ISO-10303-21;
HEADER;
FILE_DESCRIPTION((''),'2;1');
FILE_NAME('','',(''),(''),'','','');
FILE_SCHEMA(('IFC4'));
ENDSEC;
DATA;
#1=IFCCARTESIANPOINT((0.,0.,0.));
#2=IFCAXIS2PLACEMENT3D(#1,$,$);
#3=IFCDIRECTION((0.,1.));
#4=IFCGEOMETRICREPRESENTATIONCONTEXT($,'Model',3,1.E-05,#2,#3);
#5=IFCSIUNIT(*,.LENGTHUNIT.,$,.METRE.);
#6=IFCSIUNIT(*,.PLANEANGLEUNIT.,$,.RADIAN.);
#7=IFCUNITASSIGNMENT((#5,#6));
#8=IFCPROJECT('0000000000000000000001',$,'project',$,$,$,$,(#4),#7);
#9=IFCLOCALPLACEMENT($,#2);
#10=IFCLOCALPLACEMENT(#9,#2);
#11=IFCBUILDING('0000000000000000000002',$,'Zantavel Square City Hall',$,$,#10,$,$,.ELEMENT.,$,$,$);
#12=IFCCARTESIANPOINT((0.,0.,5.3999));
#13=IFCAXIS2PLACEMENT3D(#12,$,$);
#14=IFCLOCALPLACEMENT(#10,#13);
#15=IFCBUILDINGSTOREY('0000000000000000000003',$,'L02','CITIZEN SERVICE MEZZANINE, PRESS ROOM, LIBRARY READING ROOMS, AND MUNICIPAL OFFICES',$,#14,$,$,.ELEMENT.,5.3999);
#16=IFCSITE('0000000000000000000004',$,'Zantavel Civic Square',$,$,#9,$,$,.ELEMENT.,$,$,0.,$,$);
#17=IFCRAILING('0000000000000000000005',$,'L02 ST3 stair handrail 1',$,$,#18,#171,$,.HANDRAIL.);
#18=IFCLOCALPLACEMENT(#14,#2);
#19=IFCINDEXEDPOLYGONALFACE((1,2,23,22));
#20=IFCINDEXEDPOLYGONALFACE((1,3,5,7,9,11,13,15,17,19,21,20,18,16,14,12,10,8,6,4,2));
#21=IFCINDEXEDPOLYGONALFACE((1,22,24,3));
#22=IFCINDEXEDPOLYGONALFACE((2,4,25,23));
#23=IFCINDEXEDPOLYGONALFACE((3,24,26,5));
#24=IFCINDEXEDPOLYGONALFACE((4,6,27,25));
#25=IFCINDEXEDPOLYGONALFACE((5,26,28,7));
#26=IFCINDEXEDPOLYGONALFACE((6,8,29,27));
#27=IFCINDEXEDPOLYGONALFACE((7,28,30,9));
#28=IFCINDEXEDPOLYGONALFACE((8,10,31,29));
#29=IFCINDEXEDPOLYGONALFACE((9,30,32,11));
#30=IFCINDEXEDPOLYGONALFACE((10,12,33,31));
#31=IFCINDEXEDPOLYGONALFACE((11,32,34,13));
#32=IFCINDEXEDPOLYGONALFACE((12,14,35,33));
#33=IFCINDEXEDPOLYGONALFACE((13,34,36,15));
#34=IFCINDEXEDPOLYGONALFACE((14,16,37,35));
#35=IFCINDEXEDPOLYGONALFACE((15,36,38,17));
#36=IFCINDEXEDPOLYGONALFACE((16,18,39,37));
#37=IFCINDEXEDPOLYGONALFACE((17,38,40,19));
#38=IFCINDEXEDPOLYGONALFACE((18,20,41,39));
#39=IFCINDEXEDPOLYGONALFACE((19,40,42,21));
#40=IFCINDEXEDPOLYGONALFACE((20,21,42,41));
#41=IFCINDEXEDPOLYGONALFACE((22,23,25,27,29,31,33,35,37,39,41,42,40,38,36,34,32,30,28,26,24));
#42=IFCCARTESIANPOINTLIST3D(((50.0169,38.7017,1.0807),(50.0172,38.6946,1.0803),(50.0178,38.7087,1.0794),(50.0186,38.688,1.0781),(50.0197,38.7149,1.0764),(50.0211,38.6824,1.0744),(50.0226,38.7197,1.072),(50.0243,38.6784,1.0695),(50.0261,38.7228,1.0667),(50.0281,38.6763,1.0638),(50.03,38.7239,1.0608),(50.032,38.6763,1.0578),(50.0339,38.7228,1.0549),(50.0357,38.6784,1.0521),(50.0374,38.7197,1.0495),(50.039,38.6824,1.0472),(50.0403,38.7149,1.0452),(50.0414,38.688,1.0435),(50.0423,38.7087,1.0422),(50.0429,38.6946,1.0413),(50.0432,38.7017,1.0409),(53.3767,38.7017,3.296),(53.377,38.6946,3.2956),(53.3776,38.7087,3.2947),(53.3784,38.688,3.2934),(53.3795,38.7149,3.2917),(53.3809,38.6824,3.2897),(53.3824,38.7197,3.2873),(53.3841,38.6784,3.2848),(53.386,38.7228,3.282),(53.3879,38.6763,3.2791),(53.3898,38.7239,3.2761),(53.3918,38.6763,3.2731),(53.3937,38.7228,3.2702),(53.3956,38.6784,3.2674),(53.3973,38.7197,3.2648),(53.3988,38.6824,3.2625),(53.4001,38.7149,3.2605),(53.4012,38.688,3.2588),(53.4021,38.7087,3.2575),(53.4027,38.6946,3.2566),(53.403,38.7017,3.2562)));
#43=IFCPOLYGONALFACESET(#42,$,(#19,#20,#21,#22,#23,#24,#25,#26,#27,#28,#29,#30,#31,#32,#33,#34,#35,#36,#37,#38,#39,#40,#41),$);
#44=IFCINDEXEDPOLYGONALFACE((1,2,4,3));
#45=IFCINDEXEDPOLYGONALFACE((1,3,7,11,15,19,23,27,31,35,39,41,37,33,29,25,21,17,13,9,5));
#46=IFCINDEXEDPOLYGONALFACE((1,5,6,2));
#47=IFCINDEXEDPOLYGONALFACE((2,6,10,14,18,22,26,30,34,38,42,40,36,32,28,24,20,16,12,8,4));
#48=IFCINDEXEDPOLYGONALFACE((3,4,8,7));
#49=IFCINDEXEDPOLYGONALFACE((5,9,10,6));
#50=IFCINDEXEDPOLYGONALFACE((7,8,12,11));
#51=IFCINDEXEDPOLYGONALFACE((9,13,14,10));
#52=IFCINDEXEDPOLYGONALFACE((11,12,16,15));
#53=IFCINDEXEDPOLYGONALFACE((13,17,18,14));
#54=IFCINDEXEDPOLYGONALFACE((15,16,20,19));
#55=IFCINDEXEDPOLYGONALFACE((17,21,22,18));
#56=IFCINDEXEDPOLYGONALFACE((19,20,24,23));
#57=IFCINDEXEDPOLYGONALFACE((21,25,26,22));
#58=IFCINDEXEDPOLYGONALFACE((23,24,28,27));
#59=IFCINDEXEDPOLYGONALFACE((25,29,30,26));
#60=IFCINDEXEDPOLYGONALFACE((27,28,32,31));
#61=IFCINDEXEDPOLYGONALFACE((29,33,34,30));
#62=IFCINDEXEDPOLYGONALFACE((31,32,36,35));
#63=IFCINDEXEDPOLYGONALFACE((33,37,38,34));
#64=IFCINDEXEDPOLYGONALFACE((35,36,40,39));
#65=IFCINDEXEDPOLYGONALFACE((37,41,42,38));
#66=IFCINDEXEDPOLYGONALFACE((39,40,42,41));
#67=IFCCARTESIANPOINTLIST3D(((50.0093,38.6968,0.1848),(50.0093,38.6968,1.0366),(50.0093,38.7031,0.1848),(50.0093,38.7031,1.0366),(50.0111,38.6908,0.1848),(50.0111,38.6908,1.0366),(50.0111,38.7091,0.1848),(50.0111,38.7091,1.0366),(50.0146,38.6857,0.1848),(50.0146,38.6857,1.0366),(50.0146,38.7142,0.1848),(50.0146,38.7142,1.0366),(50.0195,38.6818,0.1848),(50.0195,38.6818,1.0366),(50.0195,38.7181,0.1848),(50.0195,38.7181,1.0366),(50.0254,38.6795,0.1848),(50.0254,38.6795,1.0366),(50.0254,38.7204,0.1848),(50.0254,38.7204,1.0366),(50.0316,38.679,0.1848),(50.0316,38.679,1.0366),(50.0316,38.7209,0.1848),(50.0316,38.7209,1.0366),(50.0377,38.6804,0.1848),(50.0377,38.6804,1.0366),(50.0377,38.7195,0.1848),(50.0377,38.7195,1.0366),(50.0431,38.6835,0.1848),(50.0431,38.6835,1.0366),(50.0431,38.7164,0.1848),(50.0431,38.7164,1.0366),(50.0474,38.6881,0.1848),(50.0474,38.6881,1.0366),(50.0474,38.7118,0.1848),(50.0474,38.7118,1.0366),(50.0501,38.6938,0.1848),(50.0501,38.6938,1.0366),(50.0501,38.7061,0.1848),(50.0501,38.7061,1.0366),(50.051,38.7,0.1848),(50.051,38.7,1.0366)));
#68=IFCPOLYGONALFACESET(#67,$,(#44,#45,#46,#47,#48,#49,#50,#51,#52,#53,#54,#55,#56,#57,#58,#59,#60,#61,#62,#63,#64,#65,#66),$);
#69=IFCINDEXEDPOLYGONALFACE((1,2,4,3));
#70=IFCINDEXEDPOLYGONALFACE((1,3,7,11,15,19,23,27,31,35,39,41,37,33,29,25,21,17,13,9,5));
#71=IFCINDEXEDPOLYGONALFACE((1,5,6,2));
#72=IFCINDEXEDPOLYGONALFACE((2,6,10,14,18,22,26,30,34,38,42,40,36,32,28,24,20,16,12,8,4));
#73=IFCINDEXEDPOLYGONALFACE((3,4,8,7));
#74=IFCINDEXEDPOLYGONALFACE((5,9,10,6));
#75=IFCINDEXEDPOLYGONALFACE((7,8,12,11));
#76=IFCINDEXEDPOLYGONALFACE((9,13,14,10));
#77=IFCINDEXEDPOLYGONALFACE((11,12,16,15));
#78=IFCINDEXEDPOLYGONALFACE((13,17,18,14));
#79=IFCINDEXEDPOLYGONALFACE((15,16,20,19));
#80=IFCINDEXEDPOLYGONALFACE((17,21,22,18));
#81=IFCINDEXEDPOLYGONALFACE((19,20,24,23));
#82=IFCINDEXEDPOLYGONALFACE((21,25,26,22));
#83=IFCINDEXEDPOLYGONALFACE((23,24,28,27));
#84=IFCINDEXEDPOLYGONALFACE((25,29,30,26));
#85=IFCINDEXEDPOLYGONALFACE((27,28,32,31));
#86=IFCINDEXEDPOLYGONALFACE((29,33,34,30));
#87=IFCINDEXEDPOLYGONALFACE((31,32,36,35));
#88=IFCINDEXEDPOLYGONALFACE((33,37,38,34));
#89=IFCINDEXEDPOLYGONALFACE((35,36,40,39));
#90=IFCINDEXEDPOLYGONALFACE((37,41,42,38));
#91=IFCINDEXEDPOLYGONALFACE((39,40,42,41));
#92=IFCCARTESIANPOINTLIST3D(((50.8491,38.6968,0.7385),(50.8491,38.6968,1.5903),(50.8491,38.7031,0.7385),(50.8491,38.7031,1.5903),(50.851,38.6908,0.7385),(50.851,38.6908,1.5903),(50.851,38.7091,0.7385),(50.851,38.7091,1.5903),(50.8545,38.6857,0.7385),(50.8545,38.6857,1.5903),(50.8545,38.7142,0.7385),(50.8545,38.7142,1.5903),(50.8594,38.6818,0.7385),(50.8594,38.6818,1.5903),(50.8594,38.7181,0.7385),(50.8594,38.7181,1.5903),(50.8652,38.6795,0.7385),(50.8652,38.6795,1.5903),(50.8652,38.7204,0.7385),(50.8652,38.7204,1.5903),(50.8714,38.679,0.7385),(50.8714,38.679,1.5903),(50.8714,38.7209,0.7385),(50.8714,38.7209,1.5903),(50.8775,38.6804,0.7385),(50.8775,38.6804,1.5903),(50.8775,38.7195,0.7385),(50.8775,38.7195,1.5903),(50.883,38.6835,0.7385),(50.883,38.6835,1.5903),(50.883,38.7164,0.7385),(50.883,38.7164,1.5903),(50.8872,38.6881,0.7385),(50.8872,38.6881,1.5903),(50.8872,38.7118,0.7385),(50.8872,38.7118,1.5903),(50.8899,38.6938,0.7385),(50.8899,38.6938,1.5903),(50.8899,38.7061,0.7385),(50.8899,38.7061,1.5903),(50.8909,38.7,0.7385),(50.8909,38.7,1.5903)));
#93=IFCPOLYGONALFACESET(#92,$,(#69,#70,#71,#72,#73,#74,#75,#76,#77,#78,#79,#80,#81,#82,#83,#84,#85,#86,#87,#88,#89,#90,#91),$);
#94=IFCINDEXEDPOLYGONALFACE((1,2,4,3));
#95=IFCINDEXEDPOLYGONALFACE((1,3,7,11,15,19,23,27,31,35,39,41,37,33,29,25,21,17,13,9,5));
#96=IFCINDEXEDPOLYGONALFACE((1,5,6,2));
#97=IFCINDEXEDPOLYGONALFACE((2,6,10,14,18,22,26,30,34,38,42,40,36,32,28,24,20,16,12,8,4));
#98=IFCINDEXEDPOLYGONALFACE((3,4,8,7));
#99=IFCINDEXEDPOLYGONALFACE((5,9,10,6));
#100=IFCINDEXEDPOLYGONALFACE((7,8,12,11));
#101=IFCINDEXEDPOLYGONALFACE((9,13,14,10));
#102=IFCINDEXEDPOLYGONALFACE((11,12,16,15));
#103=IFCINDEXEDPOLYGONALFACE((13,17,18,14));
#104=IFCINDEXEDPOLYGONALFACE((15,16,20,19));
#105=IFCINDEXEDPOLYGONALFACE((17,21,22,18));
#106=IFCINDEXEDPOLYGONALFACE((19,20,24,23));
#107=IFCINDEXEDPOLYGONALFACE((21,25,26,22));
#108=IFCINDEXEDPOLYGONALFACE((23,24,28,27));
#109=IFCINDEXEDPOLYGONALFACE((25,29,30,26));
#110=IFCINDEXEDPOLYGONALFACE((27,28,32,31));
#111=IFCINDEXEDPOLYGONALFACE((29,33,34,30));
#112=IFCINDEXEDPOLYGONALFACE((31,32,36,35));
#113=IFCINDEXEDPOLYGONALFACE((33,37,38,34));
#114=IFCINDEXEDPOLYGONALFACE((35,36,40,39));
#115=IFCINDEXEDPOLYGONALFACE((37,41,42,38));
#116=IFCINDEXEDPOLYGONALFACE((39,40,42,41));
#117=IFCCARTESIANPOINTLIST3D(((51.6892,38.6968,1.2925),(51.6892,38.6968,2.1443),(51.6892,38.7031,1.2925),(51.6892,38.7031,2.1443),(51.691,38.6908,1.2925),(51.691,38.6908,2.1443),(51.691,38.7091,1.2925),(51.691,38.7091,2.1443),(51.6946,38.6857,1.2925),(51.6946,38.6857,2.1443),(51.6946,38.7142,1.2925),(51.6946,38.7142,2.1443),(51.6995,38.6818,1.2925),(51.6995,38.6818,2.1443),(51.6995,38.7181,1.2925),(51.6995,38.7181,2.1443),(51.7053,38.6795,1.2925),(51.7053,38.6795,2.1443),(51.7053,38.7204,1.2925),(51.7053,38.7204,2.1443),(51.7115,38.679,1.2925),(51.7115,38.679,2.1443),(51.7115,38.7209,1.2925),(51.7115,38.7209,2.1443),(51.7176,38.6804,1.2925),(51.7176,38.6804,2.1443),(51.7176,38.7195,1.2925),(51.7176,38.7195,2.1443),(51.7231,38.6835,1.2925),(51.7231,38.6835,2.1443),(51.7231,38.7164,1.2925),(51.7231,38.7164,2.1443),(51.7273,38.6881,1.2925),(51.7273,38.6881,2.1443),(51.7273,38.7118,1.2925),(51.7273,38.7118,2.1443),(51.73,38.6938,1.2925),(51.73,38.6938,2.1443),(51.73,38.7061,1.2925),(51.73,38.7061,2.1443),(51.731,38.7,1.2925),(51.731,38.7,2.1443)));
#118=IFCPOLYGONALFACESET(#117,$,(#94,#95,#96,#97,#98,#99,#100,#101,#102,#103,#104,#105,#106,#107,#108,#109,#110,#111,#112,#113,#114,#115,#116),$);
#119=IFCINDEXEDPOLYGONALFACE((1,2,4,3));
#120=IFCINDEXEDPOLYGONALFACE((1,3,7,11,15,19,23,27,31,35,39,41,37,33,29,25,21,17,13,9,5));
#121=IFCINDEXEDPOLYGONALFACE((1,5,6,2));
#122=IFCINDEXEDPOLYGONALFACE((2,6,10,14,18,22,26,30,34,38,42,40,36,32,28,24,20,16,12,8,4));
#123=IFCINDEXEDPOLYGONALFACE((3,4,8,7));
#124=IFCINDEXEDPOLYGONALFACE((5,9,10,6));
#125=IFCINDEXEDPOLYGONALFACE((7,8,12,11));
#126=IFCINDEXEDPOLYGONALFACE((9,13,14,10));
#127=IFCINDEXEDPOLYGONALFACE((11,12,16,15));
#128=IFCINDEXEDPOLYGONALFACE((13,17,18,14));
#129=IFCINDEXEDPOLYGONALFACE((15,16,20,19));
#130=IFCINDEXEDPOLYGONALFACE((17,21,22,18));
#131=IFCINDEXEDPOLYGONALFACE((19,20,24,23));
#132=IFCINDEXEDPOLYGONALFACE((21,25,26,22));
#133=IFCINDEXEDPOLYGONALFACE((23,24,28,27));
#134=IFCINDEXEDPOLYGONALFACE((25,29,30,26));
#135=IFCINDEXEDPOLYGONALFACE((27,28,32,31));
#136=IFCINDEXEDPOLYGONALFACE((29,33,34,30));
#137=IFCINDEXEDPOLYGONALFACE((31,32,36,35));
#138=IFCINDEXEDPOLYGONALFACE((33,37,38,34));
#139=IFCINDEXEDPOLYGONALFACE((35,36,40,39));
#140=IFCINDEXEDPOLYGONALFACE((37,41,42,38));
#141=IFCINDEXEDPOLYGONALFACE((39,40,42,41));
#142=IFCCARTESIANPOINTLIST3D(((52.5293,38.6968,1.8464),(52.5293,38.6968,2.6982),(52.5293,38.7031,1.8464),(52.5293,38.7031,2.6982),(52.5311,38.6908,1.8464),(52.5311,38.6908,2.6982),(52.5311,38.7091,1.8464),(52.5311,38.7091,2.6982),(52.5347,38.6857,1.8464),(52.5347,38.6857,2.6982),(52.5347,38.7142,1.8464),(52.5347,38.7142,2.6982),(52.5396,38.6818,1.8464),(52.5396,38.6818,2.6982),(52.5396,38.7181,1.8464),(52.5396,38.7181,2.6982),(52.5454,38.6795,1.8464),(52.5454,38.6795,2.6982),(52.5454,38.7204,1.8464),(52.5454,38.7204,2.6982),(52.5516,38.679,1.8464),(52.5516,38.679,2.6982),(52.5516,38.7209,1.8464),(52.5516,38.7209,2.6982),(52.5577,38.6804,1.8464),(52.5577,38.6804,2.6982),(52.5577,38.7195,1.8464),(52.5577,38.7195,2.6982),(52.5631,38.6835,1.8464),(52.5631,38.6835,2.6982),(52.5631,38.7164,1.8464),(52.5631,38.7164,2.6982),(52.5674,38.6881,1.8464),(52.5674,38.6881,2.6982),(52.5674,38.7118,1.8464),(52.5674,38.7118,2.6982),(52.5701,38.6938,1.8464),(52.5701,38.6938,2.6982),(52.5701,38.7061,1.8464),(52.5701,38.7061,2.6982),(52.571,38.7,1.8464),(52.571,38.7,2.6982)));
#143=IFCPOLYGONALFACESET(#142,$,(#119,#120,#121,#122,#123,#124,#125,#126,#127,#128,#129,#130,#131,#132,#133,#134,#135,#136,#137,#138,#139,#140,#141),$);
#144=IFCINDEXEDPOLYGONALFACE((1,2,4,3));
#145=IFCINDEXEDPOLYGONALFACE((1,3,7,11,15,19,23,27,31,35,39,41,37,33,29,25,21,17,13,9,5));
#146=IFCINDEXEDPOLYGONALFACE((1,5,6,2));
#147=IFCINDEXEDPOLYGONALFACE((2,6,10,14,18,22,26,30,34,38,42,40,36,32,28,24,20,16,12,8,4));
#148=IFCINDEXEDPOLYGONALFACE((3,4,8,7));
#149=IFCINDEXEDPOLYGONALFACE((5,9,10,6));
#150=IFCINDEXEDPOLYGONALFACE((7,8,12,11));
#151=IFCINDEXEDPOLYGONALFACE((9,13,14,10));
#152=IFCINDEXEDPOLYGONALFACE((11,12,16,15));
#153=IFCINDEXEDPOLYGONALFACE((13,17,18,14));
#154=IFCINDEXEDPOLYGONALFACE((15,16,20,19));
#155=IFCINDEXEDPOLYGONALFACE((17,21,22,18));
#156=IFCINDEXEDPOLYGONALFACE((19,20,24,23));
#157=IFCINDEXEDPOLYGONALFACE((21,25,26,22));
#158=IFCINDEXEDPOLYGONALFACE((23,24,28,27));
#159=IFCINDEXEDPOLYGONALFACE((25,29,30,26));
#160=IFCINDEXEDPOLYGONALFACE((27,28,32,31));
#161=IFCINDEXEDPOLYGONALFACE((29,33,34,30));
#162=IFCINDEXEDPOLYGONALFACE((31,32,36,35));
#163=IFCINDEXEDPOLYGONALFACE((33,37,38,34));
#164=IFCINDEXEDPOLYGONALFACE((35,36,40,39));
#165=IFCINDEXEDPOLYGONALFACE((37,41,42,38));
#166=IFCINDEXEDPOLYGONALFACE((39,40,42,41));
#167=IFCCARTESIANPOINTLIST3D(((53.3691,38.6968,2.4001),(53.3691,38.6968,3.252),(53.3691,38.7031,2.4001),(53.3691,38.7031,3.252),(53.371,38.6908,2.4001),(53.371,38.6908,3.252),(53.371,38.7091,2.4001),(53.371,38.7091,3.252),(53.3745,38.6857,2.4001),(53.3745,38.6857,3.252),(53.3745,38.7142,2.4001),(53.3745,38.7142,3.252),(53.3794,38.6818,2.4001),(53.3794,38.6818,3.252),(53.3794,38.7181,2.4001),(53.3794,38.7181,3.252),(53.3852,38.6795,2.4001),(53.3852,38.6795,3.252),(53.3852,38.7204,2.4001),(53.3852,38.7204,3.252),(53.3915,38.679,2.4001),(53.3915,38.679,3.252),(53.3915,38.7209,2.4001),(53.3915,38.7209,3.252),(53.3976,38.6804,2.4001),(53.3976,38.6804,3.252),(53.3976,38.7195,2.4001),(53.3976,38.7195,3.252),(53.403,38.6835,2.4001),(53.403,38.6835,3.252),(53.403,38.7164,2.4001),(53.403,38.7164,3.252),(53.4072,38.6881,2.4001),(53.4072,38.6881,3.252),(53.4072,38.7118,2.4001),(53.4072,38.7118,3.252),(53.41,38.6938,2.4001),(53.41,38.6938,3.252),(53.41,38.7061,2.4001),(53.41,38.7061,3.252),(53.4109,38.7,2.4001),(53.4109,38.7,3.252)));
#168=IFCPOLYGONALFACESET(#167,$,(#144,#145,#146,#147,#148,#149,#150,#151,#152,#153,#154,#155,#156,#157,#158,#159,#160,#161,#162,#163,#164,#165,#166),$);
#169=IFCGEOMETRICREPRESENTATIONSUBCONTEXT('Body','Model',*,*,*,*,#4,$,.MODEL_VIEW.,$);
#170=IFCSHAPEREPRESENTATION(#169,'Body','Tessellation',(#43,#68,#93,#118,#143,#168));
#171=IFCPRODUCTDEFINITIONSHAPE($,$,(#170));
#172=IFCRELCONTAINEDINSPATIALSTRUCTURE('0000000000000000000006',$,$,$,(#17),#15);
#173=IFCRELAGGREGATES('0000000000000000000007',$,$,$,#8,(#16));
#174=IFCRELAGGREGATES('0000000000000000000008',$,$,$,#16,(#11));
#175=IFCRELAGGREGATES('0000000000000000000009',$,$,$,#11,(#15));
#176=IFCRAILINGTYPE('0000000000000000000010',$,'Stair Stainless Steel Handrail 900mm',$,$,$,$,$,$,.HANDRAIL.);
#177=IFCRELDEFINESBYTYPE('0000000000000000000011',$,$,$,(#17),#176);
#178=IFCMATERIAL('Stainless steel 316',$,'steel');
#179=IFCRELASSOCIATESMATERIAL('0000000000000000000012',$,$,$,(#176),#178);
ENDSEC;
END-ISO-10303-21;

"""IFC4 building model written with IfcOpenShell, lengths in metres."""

from ifc_helpers import new_model, si_unit, direction, frame, origin, origin_2d, place, context, subcontext, project, spatial, circle, extrude, material, type_object, element, save


model = new_model("IFC4")

# Units and contexts
model_context = context("Model", 3, precision=1e-05, world=origin(), true_north=direction((0.0, 1.0)))
body_context = subcontext(model_context, "Body", "Model", "MODEL_VIEW")
ifc_project = project(units=[si_unit("LENGTHUNIT", "METRE"), si_unit("PLANEANGLEUNIT", "RADIAN")], contexts=[model_context])

# Site, building, storey
site_placement = place(None, origin())
site = spatial("IfcSite", under=ifc_project, at=site_placement, Name="Zantavel Civic Square", CompositionType="ELEMENT", RefElevation=0.0)
building_placement = place(site_placement, origin())
building = spatial("IfcBuilding", under=site, at=building_placement, Name="Zantavel Square City Hall", CompositionType="ELEMENT")
storey_placement = place(building_placement, frame((0.0, 0.0, 5.3999)))
storey = spatial("IfcBuildingStorey", under=building, at=storey_placement, Name="L02", Description="CITIZEN SERVICE MEZZANINE, PRESS ROOM, LIBRARY READING ROOMS, AND MUNICIPAL OFFICES", CompositionType="ELEMENT", Elevation=5.3999)

# Railing
ifc_material_1 = material(Name="Stainless steel 316", Category="steel")
railing_type_1 = type_object("IfcRailingType", Name="Stair Stainless Steel Handrail 900mm", PredefinedType="HANDRAIL", material=ifc_material_1)
railing_1_placement = place(storey_placement, frame((50.03, 38.7, 0.1848)))
element("IfcRailing", 1, at=railing_1_placement, inside=storey, type_object=railing_type_1, Name="L02 ST3 stair handrail 1", PredefinedType="HANDRAIL", context=body_context, shape_type="SweptSolid", body=[
    extrude(circle(Radius=0.0239, at=origin_2d()), frame((0.0, 0.0, 0.876), z_axis=(0.834858, 0.0, 0.550465), x_axis=(0.0, 1.0, 0.0)), (0.0, 0.0, 1.0), 4.0244),
    extrude(circle(Radius=0.021, at=origin_2d()), origin(), (0.0, 0.0, 1.0), 0.8518),
    extrude(circle(Radius=0.021, at=origin_2d()), frame((0.8398, 0.0, 0.5537)), (0.0, 0.0, 1.0), 0.8518),
    extrude(circle(Radius=0.021, at=origin_2d()), frame((1.6799, 0.0, 1.1077)), (0.0, 0.0, 1.0), 0.8518),
    extrude(circle(Radius=0.021, at=origin_2d()), frame((2.52, 0.0, 1.6616)), (0.0, 0.0, 1.0), 0.8518),
    extrude(circle(Radius=0.021, at=origin_2d()), frame((3.3599, 0.0, 2.2153)), (0.0, 0.0, 1.0), 0.8518),
])

save(model, "model.ifc")
